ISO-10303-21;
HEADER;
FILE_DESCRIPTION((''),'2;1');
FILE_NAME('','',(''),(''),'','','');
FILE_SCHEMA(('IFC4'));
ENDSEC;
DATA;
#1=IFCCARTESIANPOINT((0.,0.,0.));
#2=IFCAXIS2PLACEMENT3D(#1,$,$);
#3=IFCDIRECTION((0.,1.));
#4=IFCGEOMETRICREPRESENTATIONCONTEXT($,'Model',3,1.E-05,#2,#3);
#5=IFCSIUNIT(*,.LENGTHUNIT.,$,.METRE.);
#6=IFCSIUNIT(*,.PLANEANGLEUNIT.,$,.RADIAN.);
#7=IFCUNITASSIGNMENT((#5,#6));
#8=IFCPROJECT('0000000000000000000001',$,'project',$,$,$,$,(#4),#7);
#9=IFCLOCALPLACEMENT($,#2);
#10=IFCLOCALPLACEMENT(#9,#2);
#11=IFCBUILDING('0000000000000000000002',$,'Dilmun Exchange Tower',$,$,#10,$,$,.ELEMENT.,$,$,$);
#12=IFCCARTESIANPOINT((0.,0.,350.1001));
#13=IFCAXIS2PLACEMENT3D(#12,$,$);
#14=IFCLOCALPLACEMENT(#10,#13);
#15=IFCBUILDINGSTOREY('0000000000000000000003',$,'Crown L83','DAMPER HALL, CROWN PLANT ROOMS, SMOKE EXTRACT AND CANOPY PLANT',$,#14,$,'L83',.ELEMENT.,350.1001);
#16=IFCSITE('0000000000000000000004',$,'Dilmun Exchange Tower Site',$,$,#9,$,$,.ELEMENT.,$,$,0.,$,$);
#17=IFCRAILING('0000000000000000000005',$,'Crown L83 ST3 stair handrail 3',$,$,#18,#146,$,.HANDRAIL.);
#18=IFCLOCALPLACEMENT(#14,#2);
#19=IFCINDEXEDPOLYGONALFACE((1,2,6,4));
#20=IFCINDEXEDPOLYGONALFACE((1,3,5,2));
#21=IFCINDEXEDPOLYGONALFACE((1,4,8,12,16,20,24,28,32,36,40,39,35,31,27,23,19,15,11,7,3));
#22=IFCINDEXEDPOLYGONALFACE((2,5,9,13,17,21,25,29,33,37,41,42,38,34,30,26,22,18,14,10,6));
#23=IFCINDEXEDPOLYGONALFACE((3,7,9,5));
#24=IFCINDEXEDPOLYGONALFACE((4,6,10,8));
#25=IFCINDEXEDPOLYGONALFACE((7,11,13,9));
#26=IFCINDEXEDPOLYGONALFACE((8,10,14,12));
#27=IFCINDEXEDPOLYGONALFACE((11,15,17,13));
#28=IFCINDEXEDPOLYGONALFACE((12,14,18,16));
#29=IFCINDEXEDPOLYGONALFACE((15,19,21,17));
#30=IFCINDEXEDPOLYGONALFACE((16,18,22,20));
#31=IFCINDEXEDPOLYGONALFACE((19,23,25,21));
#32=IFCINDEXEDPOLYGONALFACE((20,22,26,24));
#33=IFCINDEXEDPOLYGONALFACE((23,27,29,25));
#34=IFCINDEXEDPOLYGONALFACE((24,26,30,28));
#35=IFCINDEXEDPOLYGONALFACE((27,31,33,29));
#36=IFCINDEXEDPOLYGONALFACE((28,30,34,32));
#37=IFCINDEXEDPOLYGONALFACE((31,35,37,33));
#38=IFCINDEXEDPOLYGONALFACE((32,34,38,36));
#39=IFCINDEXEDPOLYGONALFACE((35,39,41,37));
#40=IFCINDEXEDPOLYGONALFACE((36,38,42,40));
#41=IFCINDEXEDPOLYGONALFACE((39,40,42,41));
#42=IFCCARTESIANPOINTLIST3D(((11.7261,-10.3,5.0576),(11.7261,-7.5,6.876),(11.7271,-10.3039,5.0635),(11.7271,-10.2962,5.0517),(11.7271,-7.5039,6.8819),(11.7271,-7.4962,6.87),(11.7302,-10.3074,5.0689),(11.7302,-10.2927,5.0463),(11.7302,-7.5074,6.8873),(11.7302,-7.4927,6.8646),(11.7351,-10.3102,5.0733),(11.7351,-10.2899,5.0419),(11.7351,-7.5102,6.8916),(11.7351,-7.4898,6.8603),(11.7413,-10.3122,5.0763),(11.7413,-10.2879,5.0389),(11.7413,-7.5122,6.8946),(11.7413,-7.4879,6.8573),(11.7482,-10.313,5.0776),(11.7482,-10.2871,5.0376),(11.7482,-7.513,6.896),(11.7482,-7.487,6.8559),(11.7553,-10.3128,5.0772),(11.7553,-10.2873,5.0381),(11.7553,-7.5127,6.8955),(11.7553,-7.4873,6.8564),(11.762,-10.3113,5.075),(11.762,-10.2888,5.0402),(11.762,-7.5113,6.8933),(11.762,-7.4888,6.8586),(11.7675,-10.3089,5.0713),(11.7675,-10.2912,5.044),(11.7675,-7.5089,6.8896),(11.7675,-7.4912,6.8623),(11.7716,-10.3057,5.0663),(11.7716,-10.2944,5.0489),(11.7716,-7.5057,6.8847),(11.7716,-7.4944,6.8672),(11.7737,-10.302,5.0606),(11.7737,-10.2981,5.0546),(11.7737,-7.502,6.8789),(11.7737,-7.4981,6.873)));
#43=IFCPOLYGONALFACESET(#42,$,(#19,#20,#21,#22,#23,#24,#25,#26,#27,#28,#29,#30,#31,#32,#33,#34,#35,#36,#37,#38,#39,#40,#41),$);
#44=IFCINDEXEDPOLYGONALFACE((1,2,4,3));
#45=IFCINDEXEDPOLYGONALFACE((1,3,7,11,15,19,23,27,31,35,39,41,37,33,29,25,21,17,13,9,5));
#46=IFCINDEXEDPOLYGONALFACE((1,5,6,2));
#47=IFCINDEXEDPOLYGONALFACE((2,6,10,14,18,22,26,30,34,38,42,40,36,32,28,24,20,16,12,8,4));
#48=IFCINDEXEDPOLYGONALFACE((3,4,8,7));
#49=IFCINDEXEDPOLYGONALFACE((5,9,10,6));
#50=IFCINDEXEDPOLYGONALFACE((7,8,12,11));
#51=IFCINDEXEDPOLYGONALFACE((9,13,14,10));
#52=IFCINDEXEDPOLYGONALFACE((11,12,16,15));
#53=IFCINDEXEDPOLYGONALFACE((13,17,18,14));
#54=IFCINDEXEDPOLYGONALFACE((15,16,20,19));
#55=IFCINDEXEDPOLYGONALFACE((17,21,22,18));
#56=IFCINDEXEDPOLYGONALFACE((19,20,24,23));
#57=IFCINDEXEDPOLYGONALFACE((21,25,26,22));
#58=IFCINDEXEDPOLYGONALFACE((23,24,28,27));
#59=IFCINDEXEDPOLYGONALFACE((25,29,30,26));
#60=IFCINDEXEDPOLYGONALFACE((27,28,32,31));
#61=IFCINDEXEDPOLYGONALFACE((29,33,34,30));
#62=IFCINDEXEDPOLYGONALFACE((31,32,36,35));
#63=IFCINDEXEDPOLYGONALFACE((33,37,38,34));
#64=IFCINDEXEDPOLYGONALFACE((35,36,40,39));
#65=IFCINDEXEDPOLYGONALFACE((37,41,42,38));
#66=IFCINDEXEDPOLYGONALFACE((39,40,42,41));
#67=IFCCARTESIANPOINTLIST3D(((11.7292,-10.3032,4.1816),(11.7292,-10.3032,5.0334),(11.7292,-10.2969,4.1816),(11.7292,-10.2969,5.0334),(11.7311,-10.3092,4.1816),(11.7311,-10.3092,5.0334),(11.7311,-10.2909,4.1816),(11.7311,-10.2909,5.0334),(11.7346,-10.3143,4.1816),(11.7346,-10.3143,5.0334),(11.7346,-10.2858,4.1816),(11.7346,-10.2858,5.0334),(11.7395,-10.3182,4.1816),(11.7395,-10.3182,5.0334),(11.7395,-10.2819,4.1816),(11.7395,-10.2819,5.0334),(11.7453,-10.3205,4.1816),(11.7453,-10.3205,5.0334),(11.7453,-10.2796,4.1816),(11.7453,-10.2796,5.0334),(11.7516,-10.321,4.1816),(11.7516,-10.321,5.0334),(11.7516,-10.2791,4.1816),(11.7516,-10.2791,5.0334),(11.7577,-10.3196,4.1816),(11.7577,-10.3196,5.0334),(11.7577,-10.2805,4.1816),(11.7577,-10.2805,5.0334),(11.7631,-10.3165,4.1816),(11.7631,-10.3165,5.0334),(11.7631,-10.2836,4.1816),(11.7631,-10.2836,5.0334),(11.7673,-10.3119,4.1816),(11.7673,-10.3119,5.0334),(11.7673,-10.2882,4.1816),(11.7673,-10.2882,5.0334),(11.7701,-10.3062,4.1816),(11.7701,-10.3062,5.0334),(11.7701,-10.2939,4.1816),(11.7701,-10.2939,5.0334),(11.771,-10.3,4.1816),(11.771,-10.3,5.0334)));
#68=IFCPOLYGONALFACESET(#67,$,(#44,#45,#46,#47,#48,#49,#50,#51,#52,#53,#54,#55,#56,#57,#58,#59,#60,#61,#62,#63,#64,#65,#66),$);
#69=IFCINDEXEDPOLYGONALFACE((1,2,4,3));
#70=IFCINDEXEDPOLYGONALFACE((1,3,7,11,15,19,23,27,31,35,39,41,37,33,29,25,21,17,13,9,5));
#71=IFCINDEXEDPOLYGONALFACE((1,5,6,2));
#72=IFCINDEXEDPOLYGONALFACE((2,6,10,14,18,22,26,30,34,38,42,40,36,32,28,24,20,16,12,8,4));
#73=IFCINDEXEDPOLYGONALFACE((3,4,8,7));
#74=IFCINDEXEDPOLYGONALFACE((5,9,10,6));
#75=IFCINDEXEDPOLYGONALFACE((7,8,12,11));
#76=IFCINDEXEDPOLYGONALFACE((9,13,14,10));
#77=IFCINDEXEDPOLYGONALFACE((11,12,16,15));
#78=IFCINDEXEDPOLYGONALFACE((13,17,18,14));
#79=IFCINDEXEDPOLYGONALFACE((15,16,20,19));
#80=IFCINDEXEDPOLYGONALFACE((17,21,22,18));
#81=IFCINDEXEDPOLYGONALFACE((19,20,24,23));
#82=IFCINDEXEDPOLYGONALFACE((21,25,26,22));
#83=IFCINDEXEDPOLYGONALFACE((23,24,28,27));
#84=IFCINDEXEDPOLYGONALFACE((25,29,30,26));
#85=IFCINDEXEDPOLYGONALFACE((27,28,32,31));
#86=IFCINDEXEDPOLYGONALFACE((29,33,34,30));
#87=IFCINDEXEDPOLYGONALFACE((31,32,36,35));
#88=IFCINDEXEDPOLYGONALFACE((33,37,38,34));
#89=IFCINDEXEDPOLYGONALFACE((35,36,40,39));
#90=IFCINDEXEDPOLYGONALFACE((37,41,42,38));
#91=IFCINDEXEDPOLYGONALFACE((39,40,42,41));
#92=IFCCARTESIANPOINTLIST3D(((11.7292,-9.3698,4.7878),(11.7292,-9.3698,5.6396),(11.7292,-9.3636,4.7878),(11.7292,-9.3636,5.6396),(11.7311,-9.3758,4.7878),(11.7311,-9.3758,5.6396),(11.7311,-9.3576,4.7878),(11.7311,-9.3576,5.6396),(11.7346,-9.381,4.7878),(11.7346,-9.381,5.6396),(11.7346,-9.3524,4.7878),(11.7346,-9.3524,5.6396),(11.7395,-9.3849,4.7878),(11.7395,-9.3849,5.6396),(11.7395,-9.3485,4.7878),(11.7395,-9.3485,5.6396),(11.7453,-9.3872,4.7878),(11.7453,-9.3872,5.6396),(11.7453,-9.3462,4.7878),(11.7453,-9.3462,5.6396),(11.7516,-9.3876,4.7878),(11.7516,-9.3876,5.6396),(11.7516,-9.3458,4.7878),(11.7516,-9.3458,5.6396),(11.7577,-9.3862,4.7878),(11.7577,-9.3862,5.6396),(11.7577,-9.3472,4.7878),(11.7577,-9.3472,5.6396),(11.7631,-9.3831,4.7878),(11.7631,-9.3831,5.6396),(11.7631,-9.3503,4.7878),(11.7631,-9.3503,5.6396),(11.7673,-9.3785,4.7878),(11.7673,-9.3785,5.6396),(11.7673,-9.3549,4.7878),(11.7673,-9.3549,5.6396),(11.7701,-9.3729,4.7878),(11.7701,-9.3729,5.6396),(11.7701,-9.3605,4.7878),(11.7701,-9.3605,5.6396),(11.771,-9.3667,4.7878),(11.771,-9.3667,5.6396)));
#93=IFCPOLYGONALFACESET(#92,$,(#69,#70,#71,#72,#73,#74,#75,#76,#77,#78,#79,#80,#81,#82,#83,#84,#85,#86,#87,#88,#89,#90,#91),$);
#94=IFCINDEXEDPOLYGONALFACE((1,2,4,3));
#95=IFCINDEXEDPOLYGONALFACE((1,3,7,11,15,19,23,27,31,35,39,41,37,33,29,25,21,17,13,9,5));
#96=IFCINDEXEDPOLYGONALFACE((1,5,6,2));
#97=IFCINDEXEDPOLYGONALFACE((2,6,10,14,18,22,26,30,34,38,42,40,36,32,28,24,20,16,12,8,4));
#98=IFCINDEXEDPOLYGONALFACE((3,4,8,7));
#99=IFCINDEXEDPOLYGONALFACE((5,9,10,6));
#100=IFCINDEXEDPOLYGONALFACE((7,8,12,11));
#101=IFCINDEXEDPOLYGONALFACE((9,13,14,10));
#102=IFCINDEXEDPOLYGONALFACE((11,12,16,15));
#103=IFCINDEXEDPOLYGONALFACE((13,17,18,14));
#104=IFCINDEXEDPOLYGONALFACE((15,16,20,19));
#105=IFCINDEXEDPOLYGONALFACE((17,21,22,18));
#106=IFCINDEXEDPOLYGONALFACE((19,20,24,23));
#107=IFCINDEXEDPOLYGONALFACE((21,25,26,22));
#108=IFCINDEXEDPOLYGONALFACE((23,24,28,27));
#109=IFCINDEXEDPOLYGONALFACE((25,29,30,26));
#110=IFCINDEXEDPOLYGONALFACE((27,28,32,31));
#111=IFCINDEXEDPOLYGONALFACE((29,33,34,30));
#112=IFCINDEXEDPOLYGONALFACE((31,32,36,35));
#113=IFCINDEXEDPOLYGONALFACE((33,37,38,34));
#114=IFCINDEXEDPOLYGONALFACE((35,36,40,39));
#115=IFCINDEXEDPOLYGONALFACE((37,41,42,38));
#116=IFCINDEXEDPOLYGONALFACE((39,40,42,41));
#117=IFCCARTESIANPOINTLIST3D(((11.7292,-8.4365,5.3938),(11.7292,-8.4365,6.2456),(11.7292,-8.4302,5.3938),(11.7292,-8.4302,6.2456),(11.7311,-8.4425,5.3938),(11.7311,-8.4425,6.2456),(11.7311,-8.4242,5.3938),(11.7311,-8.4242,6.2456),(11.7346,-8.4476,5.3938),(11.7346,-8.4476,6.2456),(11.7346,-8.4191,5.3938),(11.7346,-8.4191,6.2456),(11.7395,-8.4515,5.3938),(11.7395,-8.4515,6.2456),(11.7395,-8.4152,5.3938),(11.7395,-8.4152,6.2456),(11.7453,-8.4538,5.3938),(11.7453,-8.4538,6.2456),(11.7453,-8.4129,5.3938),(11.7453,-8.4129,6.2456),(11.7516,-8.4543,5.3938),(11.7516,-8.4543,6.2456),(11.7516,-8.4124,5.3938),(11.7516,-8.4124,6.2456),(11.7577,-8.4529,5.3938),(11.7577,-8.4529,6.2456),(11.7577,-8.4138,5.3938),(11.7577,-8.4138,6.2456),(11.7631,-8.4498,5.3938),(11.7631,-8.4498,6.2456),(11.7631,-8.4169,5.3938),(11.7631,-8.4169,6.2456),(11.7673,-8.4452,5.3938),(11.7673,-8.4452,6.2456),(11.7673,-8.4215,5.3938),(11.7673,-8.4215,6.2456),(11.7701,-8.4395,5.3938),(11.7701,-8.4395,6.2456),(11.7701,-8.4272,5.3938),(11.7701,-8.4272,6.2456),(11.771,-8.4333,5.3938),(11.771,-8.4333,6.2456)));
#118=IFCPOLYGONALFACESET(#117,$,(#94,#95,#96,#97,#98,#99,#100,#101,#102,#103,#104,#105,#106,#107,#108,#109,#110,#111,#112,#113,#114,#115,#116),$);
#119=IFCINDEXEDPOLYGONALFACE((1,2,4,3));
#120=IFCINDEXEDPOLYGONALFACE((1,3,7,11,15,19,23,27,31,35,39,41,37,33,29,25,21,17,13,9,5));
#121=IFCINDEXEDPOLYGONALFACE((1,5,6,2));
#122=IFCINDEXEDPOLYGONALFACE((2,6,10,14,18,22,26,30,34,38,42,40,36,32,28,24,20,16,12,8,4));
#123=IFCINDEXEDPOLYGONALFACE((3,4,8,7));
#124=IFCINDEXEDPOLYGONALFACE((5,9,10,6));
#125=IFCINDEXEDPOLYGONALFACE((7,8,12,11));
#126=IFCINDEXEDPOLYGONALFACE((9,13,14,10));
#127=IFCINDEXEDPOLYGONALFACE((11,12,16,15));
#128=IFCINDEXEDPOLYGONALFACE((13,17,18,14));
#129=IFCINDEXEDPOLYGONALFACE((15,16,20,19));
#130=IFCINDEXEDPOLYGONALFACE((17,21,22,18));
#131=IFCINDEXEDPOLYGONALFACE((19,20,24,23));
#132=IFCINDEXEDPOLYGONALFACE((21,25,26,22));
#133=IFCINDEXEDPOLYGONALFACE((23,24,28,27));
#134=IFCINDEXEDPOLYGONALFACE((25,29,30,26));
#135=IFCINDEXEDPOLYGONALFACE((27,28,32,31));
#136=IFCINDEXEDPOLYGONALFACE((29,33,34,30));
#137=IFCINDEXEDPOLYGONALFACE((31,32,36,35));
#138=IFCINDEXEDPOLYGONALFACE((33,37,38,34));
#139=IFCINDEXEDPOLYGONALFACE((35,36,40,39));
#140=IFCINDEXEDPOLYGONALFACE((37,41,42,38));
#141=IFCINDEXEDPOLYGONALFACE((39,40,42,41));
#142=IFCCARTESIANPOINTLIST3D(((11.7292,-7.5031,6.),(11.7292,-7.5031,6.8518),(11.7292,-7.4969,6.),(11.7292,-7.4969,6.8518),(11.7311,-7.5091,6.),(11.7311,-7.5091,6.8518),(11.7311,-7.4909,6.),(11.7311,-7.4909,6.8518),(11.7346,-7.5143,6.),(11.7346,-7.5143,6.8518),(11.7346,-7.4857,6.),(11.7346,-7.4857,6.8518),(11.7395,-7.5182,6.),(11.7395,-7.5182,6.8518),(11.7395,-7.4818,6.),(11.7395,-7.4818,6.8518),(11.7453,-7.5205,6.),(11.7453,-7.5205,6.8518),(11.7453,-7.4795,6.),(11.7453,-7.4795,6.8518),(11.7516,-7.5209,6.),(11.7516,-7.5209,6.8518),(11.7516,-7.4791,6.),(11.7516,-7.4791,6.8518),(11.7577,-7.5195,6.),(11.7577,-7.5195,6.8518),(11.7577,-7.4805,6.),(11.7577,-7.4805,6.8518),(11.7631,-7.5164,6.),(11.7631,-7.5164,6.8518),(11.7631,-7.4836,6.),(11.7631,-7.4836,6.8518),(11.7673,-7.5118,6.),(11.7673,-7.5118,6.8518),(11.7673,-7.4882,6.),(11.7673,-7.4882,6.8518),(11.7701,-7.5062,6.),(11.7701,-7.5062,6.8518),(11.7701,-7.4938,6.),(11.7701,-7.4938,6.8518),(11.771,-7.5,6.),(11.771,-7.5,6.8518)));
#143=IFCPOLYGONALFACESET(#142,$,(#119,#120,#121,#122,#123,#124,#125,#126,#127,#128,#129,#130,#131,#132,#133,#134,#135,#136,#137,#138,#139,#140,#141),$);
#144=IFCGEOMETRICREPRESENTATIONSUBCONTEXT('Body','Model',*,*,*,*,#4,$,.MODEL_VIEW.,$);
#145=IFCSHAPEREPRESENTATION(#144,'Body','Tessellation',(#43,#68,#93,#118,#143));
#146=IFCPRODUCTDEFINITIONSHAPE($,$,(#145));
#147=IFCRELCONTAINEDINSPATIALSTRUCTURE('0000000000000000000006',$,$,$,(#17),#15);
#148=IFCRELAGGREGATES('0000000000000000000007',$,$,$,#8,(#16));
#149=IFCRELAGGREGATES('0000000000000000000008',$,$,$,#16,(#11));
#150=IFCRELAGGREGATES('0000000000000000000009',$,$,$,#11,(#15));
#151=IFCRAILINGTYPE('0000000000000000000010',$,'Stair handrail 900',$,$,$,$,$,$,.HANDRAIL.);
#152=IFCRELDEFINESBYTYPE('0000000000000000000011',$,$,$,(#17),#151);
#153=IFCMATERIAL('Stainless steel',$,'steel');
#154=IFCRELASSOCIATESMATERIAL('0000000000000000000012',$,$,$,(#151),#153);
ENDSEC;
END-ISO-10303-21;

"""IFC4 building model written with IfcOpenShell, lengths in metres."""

from ifc_helpers import new_model, si_unit, direction, frame, origin, origin_2d, place, context, subcontext, project, spatial, circle, extrude, material, type_object, element, save


model = new_model("IFC4")

# Units and contexts
model_context = context("Model", 3, precision=1e-05, world=origin(), true_north=direction((0.0, 1.0)))
body_context = subcontext(model_context, "Body", "Model", "MODEL_VIEW")
ifc_project = project(units=[si_unit("LENGTHUNIT", "METRE"), si_unit("PLANEANGLEUNIT", "RADIAN")], contexts=[model_context])

# Site, building, storey
site_placement = place(None, origin())
site = spatial("IfcSite", under=ifc_project, at=site_placement, Name="Dilmun Exchange Tower Site", CompositionType="ELEMENT", RefElevation=0.0)
building_placement = place(site_placement, origin())
building = spatial("IfcBuilding", under=site, at=building_placement, Name="Dilmun Exchange Tower", CompositionType="ELEMENT")
storey_placement = place(building_placement, frame((0.0, 0.0, 350.1001)))
storey = spatial("IfcBuildingStorey", under=building, at=storey_placement, Name="Crown L83", Description="DAMPER HALL, CROWN PLANT ROOMS, SMOKE EXTRACT AND CANOPY PLANT", LongName="L83", CompositionType="ELEMENT", Elevation=350.1001)

# Railing
ifc_material_1 = material(Name="Stainless steel", Category="steel")
railing_type = type_object("IfcRailingType", Name="Stair handrail 900", PredefinedType="HANDRAIL", material=ifc_material_1)
railing_1_placement = place(storey_placement, frame((11.75, -10.3, 4.1816)))
element("IfcRailing", 1, at=railing_1_placement, inside=storey, type_object=railing_type, Name="Crown L83 ST3 stair handrail 3", PredefinedType="HANDRAIL", context=body_context, shape_type="SweptSolid", body=[
    extrude(circle(Radius=0.0239, at=origin_2d()), frame((0.0, 0.0, 0.876), z_axis=(0.0, 0.838672, 0.544636), x_axis=(-1.0, 0.0, 0.0)), (0.0, 0.0, 1.0), 3.3386),
    extrude(circle(Radius=0.021, at=origin_2d()), origin(), (0.0, 0.0, 1.0), 0.8518),
    extrude(circle(Radius=0.021, at=origin_2d()), frame((0.0, 0.9333, 0.6062)), (0.0, 0.0, 1.0), 0.8518),
    extrude(circle(Radius=0.021, at=origin_2d()), frame((0.0, 1.8667, 1.2122)), (0.0, 0.0, 1.0), 0.8518),
    extrude(circle(Radius=0.021, at=origin_2d()), frame((0.0, 2.8, 1.8184)), (0.0, 0.0, 1.0), 0.8518),
])

save(model, "model.ifc")
